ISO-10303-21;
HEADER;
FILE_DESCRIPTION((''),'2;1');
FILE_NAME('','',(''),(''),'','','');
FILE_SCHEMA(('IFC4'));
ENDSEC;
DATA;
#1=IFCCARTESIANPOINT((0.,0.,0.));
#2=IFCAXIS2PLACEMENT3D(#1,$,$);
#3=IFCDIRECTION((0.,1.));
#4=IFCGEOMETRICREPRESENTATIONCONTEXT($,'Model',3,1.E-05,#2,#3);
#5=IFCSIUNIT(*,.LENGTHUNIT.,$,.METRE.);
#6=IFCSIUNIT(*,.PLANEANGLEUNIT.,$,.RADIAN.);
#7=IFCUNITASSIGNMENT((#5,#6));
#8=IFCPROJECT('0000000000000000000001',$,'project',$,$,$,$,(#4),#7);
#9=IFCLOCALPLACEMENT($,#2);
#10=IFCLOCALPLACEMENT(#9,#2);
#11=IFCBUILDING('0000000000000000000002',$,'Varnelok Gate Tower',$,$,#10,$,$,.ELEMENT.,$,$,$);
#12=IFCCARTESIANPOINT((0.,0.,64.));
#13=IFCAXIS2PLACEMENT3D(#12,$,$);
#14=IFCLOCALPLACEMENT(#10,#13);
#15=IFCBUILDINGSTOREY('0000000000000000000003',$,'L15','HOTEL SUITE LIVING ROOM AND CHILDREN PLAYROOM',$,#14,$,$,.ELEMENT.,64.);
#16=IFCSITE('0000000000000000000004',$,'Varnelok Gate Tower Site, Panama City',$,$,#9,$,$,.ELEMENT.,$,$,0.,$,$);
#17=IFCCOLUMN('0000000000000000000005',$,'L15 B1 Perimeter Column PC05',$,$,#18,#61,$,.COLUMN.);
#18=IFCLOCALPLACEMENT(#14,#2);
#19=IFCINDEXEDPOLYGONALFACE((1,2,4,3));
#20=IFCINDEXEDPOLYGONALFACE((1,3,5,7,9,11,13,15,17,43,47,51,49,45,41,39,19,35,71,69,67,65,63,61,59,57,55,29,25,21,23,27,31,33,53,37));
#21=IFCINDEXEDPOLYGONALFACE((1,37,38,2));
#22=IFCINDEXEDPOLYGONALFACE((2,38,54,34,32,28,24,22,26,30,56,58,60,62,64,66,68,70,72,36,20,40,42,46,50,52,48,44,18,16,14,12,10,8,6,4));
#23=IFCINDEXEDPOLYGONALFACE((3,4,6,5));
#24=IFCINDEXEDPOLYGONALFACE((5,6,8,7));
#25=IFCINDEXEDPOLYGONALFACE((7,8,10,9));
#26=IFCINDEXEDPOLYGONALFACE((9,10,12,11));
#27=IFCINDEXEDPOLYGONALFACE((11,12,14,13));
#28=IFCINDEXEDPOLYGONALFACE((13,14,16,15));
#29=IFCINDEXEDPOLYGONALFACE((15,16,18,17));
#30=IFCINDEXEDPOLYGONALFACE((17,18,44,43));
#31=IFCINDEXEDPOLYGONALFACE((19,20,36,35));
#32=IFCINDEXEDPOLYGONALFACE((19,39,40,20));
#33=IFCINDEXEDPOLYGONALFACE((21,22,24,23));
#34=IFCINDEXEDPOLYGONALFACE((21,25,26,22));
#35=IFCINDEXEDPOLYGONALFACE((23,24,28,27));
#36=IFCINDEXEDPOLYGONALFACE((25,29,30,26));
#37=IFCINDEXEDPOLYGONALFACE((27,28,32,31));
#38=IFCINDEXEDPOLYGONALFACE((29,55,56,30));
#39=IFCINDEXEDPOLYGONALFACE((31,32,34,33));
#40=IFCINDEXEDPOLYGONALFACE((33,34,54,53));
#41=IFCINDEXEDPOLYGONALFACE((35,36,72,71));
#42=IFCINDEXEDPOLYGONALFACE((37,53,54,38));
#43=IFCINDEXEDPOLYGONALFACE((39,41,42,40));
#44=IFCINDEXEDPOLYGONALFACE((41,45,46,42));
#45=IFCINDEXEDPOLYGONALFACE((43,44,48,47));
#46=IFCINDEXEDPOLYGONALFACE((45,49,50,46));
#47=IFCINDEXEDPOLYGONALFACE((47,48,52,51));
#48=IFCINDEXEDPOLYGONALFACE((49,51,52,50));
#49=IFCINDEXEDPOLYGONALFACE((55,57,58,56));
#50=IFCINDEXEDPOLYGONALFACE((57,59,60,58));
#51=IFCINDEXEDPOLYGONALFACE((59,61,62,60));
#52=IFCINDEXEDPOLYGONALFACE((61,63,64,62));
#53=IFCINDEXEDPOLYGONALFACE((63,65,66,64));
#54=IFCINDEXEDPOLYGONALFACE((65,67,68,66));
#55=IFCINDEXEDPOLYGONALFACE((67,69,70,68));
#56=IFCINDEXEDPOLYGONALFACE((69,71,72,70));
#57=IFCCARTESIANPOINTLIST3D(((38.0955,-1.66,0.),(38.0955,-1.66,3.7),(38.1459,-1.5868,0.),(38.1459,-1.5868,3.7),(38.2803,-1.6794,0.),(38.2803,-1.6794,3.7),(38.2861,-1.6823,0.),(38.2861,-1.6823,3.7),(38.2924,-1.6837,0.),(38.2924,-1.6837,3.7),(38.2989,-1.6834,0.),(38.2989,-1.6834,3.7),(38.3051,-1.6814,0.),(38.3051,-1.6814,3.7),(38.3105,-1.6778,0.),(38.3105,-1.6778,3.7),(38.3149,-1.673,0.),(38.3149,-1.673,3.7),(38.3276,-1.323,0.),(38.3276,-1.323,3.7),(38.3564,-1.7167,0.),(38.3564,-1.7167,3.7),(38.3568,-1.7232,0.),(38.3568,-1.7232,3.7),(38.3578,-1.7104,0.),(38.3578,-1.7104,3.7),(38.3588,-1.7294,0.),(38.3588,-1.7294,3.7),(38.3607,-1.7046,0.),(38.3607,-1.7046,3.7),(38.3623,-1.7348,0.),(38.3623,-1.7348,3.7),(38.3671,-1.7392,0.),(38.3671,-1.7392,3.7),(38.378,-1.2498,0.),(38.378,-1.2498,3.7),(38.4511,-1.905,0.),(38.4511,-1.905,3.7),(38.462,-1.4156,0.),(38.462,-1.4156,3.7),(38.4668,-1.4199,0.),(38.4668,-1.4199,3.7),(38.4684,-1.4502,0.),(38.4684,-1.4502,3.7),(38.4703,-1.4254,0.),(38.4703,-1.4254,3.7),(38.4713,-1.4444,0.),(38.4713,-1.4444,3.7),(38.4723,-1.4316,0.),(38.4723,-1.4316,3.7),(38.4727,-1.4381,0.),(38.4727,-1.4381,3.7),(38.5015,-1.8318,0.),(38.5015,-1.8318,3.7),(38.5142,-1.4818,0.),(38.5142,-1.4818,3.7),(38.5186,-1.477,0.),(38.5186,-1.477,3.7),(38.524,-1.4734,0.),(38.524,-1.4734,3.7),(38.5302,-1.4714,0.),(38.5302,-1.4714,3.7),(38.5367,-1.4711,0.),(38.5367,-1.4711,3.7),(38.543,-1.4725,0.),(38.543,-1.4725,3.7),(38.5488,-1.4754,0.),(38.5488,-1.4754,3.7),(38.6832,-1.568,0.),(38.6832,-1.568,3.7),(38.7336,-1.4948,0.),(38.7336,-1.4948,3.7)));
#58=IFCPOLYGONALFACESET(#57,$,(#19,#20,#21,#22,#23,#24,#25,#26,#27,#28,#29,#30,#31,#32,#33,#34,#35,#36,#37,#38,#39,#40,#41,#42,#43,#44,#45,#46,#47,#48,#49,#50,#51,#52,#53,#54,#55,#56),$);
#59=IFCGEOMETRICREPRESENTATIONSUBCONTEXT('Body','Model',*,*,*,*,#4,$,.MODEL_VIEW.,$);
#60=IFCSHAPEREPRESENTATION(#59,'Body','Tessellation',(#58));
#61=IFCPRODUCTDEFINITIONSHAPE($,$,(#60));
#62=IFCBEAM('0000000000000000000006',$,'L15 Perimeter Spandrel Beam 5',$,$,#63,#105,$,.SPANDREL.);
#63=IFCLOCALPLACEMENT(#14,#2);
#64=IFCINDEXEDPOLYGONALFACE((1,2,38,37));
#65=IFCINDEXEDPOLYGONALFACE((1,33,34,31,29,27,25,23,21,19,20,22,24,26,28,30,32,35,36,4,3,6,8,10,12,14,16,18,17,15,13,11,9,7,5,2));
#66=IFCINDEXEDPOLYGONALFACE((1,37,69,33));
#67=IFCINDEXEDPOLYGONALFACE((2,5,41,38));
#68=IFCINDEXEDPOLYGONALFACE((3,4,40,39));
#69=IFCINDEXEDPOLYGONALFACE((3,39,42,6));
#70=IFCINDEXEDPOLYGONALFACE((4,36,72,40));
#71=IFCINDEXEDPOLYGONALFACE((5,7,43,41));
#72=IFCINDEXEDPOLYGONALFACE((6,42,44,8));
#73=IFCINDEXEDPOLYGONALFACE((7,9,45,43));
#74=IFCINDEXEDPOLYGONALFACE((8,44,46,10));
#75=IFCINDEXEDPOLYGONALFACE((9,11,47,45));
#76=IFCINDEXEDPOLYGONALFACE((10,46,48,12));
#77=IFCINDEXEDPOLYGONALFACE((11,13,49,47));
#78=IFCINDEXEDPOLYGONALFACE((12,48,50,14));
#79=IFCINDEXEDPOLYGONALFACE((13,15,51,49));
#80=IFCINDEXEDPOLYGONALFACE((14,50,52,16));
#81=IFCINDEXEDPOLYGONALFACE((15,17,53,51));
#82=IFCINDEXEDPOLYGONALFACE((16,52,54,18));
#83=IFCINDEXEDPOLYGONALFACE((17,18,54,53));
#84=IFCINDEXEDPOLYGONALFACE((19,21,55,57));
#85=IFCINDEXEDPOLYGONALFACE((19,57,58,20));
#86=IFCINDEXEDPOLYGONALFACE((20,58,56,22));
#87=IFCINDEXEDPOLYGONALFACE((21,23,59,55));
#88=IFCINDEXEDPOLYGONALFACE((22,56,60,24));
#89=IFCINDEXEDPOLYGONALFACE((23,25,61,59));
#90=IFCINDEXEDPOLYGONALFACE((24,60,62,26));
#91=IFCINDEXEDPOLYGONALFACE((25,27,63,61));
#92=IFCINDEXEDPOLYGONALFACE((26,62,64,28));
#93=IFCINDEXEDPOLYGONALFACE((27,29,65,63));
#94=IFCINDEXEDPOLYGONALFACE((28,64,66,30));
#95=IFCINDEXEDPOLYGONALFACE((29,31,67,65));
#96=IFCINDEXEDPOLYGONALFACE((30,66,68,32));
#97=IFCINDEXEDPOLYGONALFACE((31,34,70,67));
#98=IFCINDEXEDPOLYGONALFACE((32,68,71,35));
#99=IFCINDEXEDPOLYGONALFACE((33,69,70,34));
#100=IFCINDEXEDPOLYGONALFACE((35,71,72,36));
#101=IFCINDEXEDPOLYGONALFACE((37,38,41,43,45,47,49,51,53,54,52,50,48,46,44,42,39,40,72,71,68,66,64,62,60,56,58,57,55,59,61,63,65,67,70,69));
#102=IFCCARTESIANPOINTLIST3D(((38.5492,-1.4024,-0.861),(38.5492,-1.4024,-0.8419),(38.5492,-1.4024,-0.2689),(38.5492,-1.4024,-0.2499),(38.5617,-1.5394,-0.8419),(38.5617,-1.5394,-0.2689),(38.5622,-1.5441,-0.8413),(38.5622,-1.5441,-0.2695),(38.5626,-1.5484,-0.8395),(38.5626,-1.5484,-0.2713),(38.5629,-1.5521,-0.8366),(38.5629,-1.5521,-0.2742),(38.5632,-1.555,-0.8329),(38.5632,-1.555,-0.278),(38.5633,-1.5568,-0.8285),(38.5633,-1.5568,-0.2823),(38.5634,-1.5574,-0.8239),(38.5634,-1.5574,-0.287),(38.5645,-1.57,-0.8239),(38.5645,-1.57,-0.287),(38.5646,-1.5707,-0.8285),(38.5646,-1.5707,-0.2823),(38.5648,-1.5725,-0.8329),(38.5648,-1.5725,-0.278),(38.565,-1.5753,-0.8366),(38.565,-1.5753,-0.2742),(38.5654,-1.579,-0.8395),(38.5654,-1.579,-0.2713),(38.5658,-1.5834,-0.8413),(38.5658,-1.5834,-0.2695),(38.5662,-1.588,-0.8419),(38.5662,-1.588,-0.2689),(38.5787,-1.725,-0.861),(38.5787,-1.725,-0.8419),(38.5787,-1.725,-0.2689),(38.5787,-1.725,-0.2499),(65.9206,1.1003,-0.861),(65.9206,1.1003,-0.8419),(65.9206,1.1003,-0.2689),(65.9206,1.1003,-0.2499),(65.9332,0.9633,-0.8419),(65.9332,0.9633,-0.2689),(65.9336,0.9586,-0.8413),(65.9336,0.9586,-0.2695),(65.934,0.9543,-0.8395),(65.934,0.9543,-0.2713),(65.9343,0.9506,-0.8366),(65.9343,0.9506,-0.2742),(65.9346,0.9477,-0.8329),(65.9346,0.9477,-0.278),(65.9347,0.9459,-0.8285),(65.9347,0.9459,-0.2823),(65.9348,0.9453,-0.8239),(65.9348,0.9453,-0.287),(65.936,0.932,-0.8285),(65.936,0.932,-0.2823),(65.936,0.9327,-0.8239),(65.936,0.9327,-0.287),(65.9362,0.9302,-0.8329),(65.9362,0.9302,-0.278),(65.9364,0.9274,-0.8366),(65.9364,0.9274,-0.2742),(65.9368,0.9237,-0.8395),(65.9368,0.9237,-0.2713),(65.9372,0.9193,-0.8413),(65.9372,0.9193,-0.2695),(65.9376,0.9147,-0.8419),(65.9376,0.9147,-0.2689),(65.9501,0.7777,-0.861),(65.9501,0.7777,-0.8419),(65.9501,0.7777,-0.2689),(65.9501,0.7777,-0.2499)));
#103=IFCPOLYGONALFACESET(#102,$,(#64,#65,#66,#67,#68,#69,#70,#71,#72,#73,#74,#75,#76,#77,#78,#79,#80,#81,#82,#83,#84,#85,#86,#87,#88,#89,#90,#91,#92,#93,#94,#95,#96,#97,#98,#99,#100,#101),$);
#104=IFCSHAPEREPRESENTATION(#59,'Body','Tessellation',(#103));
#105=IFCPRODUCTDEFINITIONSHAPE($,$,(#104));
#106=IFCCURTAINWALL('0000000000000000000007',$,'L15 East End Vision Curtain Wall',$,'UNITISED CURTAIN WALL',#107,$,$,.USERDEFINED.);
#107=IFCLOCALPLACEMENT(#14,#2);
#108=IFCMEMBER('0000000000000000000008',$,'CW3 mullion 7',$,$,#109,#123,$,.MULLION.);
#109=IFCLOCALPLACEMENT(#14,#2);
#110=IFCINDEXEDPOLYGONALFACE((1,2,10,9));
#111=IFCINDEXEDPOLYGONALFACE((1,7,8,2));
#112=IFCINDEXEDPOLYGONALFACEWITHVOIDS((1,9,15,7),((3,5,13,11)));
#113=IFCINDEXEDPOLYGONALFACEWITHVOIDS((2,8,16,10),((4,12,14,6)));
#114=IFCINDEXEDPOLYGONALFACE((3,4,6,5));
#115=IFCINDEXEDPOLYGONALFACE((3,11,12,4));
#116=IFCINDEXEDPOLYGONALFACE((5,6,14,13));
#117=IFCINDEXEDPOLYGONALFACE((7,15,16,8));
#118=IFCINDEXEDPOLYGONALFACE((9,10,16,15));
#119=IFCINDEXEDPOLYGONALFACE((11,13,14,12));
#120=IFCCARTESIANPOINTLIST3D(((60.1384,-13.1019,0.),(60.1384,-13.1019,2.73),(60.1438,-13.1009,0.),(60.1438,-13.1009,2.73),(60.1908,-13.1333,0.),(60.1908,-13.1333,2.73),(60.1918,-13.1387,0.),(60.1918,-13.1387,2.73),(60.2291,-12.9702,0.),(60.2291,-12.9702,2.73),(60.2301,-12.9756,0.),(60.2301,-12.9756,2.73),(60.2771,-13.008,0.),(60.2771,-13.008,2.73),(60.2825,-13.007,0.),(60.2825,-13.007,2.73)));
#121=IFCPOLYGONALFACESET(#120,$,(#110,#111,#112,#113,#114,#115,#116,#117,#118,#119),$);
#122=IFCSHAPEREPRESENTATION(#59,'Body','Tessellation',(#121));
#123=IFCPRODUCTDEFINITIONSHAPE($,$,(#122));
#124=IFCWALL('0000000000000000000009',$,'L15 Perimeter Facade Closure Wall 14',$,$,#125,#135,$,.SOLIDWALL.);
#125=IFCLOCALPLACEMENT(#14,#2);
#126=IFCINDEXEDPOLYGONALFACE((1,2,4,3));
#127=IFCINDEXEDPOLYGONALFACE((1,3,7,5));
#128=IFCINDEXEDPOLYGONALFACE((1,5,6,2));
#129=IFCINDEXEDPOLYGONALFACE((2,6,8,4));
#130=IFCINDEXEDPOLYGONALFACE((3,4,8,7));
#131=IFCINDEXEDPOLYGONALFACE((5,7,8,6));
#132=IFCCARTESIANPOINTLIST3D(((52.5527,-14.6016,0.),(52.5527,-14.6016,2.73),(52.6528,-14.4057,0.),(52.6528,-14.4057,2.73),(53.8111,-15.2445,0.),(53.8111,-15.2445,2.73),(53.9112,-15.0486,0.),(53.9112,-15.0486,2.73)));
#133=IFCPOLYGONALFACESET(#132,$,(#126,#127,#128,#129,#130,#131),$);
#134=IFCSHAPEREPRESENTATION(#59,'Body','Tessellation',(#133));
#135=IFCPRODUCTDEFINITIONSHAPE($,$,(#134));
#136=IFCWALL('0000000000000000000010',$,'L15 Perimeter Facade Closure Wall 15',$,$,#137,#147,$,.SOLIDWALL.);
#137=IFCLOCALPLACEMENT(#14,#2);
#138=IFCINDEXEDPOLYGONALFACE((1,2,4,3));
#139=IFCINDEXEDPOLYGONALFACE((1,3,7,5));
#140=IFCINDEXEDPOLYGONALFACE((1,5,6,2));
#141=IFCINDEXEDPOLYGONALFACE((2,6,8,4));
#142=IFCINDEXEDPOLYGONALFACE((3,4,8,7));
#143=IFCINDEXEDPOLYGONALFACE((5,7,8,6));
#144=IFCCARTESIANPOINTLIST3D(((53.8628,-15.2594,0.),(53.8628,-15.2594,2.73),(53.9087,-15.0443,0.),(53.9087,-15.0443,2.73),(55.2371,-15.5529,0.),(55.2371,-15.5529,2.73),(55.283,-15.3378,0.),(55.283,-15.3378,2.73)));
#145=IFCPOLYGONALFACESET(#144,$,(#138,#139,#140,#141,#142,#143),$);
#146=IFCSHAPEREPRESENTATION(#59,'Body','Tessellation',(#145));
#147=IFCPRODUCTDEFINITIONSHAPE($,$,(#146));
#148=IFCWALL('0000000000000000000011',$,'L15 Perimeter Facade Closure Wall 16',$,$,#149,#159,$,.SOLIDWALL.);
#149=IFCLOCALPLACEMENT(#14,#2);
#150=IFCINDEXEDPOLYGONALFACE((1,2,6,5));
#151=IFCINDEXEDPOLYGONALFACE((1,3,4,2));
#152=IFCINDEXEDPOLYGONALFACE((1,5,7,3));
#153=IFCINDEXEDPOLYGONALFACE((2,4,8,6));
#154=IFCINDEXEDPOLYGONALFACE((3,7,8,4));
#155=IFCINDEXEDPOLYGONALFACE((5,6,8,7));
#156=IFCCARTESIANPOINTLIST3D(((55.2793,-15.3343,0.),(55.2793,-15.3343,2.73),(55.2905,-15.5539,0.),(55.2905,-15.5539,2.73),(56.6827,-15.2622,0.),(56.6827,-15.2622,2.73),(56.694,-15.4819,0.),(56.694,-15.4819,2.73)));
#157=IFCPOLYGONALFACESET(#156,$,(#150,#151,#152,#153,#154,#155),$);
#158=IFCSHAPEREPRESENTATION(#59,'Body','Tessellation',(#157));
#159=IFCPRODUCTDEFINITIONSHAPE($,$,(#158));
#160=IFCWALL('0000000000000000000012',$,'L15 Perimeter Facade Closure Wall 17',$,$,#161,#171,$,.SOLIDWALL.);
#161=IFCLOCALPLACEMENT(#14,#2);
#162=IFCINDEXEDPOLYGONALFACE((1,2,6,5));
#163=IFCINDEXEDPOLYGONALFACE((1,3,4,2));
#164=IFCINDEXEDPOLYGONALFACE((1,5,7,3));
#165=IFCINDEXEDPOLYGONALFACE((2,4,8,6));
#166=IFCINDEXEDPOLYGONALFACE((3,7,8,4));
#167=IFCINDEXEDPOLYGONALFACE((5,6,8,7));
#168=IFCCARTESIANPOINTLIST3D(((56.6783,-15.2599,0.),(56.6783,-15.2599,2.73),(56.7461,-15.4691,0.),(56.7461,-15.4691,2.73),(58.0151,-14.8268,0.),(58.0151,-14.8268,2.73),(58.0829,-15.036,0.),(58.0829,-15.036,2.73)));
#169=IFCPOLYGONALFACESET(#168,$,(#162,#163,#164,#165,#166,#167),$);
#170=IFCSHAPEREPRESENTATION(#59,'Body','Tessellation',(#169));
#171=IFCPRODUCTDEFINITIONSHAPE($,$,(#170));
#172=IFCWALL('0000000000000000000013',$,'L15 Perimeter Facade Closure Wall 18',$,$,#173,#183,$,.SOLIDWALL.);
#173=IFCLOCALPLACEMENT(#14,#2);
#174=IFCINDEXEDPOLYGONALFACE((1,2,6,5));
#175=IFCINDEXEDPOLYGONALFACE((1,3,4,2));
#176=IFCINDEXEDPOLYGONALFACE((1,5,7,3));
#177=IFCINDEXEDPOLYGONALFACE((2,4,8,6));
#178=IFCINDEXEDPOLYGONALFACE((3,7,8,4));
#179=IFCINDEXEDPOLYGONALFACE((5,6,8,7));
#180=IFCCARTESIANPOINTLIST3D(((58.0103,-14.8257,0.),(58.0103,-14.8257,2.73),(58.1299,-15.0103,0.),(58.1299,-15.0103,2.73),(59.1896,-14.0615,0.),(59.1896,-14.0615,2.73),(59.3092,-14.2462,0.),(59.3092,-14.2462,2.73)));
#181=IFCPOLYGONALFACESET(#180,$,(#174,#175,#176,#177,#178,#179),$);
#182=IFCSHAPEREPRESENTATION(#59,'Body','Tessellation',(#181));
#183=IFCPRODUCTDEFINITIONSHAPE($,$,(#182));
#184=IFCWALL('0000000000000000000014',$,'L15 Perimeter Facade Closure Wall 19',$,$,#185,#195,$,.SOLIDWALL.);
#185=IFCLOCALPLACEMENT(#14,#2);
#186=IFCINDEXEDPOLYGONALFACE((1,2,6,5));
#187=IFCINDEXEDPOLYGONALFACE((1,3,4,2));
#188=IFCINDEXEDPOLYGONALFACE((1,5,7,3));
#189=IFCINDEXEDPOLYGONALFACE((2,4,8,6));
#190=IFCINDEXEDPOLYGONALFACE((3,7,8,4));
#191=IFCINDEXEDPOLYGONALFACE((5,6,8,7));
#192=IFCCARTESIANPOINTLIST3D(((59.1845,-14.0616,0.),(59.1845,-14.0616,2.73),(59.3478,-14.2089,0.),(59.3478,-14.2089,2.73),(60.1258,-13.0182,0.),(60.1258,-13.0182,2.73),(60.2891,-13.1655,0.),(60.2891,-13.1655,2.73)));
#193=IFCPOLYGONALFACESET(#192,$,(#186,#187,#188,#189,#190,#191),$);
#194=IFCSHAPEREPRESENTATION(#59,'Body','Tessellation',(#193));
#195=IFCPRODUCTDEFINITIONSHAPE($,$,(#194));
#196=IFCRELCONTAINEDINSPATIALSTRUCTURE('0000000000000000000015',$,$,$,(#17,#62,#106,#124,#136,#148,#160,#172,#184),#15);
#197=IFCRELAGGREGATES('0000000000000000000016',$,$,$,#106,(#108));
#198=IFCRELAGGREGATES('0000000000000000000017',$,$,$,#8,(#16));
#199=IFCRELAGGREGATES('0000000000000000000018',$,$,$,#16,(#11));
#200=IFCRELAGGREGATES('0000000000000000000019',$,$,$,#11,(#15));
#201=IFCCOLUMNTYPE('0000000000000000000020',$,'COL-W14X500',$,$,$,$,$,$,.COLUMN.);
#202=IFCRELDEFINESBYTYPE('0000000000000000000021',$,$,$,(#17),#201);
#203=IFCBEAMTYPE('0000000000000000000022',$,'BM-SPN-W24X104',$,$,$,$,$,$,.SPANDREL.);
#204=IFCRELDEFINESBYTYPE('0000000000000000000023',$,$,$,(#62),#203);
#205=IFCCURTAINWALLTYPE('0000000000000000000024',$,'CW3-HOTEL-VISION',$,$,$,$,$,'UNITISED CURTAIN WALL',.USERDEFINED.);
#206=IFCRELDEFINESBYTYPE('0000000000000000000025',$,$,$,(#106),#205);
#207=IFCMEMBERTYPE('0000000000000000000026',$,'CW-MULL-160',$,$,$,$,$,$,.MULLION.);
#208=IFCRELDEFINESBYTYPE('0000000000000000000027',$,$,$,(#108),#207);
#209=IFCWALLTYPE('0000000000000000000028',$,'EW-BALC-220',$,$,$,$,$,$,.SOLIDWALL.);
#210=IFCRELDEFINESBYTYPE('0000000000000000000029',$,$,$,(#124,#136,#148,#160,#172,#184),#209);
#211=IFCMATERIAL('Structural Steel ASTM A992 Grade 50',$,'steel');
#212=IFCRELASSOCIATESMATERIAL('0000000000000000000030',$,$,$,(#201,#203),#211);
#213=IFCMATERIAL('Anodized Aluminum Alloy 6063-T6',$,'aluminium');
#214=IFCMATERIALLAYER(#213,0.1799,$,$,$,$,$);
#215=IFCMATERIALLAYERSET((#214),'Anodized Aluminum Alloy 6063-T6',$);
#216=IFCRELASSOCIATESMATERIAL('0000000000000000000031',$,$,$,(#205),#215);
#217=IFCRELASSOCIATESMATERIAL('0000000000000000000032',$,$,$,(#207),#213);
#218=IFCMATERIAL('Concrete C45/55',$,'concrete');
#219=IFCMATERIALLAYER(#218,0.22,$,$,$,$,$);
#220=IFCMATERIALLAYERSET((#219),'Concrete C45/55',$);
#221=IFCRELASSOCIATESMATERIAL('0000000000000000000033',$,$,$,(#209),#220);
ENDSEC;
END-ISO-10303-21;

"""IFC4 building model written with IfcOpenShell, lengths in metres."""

from ifc_helpers import new_model, si_unit, direction, frame, frame_2d, origin, origin_2d, place, context, subcontext, project, spatial, rectangle, hollow_rectangle, i_section, extrude, material, layer, layer_set, material_profile, profile_set, type_object, element, aggregate, save


model = new_model("IFC4")

# Units and contexts
model_context = context("Model", 3, precision=1e-05, world=origin(), true_north=direction((0.0, 1.0)))
body_context = subcontext(model_context, "Body", "Model", "MODEL_VIEW")
ifc_project = project(units=[si_unit("LENGTHUNIT", "METRE"), si_unit("PLANEANGLEUNIT", "RADIAN")], contexts=[model_context])

# Site, building, storey
site_placement = place(None, origin())
site = spatial("IfcSite", under=ifc_project, at=site_placement, Name="Varnelok Gate Tower Site, Panama City", CompositionType="ELEMENT", RefElevation=0.0)
building_placement = place(site_placement, origin())
building = spatial("IfcBuilding", under=site, at=building_placement, Name="Varnelok Gate Tower", CompositionType="ELEMENT")
storey_placement = place(building_placement, frame((0.0, 0.0, 64.0)))
storey = spatial("IfcBuildingStorey", under=building, at=storey_placement, Name="L15", Description="HOTEL SUITE LIVING ROOM AND CHILDREN PLAYROOM", CompositionType="ELEMENT", Elevation=64.0)

# Column
ifc_material_1 = material(Name="Structural Steel ASTM A992 Grade 50", Category="steel")
ifc_material_profile_1 = material_profile(ifc_material_1, i_section(OverallWidth=0.4319, OverallDepth=0.498, WebThickness=0.0557, FlangeThickness=0.0889, FilletRadius=0.0249, at=origin_2d()), Name="W14X500")
ifc_profile_set_1 = profile_set([ifc_material_profile_1], Name="Structural Steel ASTM A992 Grade 50")
column_type = type_object("IfcColumnType", Name="COL-W14X500", PredefinedType="COLUMN", material=ifc_profile_set_1)
column_placement = place(storey_placement, frame((38.4146, -1.5774, 0.0), z_axis=(0.0, 0.0, 1.0), x_axis=(0.823533, -0.567269, 0.0)))
element("IfcColumn", 1, at=column_placement, inside=storey, type_object=column_type, Name="L15 B1 Perimeter Column PC05", PredefinedType="COLUMN", context=body_context, shape_type="SweptSolid", body=[
    extrude(i_section(OverallWidth=0.4319, OverallDepth=0.498, WebThickness=0.0557, FlangeThickness=0.0889, FilletRadius=0.0249, at=origin_2d()), origin(), (0.0, 0.0, 1.0), 3.7),
])

# Beam
ifc_material_profile_2 = material_profile(ifc_material_1, i_section(OverallWidth=0.324, OverallDepth=0.6111, WebThickness=0.0127, FlangeThickness=0.019, FilletRadius=0.0181, at=origin_2d()), Name="W24X104")
ifc_profile_set_2 = profile_set([ifc_material_profile_2], Name="Structural Steel ASTM A992 Grade 50")
beam_type = type_object("IfcBeamType", Name="BM-SPN-W24X104", PredefinedType="SPANDREL", material=ifc_profile_set_2)
beam_placement = place(storey_placement, frame((38.564, -1.5637, -0.5554), z_axis=(0.995846, 0.091055, 0.0), x_axis=(-0.091055, 0.995846, 0.0)))
element("IfcBeam", 2, at=beam_placement, inside=storey, type_object=beam_type, Name="L15 Perimeter Spandrel Beam 5", PredefinedType="SPANDREL", context=body_context, shape_type="SweptSolid", body=[
    extrude(i_section(OverallWidth=0.324, OverallDepth=0.6111, WebThickness=0.0127, FlangeThickness=0.019, FilletRadius=0.0181, at=origin_2d()), origin(), (0.0, 0.0, 1.0), 27.4856),
])

# Curtain wall, member
ifc_material_2 = material(Name="Anodized Aluminum Alloy 6063-T6", Category="aluminium")
ifc_layer_1 = layer(ifc_material_2, 0.1799)
ifc_layer_set_1 = layer_set([ifc_layer_1], Name="Anodized Aluminum Alloy 6063-T6")
curtain_wall_type = type_object("IfcCurtainWallType", Name="CW3-HOTEL-VISION", ElementType="UNITISED CURTAIN WALL", PredefinedType="USERDEFINED", material=ifc_layer_set_1)
curtain_wall_placement = place(storey_placement, origin())
curtain_wall = element("IfcCurtainWall", 3, at=curtain_wall_placement, inside=storey, type_object=curtain_wall_type, Name="L15 East End Vision Curtain Wall", ObjectType="UNITISED CURTAIN WALL", PredefinedType="USERDEFINED")
ifc_material_profile_3 = material_profile(ifc_material_2, hollow_rectangle(XDim=0.0649, YDim=0.1599, WallThickness=0.0039, at=origin_2d()), Name="ALU160X65X4")
ifc_profile_set_3 = profile_set([ifc_material_profile_3], Name="Anodized Aluminum Alloy 6063-T6")
member_type = type_object("IfcMemberType", Name="CW-MULL-160", PredefinedType="MULLION", material=ifc_profile_set_3)
member_placement = place(storey_placement, frame((60.2104, -13.0544, 0.0), z_axis=(0.0, 0.0, 1.0), x_axis=(0.823533, -0.567269, 0.0)))
member = element("IfcMember", 4, at=member_placement, type_object=member_type, Name="CW3 mullion 7", PredefinedType="MULLION", context=body_context, shape_type="SweptSolid", body=[
    extrude(hollow_rectangle(XDim=0.0649, YDim=0.1599, WallThickness=0.0039, at=origin_2d()), origin(), (0.0, 0.0, 1.0), 2.73),
])
aggregate(curtain_wall, [member])

# Walls
ifc_material_3 = material(Name="Concrete C45/55", Category="concrete")
ifc_layer_2 = layer(ifc_material_3, 0.22)
ifc_layer_set_2 = layer_set([ifc_layer_2], Name="Concrete C45/55")
wall_type_1 = type_object("IfcWallType", Name="EW-BALC-220", PredefinedType="SOLIDWALL", material=ifc_layer_set_2)
wall_1_placement = place(storey_placement, frame((52.6028, -14.5037, 0.0), z_axis=(0.0, 0.0, 1.0), x_axis=(0.890523, -0.454938, 0.0)))
element("IfcWall", 5, at=wall_1_placement, inside=storey, type_object=wall_type_1, Name="L15 Perimeter Facade Closure Wall 14", PredefinedType="SOLIDWALL", context=body_context, shape_type="SweptSolid", body=[
    extrude(rectangle(XDim=1.4131, YDim=0.22, at=frame_2d((0.7065, 0.0))), origin(), (0.0, 0.0, 1.0), 2.73),
])
for number, where, z_axis, x_axis, name in (
    (6, (53.8857, -15.1519, 0.0), (0.0, 0.0, 1.0), (0.977952, -0.208829, 0.0), "L15 Perimeter Facade Closure Wall 15"),
    (7, (55.2849, -15.4441, 0.0), (0.0, 0.0, 1.0), (0.998686, 0.051255, 0.0), "L15 Perimeter Facade Closure Wall 16"),
    (8, (56.7122, -15.3645, 0.0), (0.0, 0.0, 1.0), (0.951325, 0.30819, 0.0), "L15 Perimeter Facade Closure Wall 17"),
    (9, (58.0701, -14.918, 0.0), (0.0, 0.0, 1.0), (0.839248, 0.543748, 0.0), "L15 Perimeter Facade Closure Wall 18"),
    (10, (59.2661, -14.1353, 0.0), (0.0, 0.0, 1.0), (0.669866, 0.742482, 0.0), "L15 Perimeter Facade Closure Wall 19"),
):
    element("IfcWall", number, at=place(storey_placement, frame(where, z_axis=z_axis, x_axis=x_axis)), inside=storey, type_object=wall_type_1, Name=name, PredefinedType="SOLIDWALL", context=body_context, shape_type="SweptSolid", body=[
        extrude(rectangle(XDim=1.4053, YDim=0.22, at=frame_2d((0.7026, 0.0))), origin(), (0.0, 0.0, 1.0), 2.73),
    ])

save(model, "model.ifc")
